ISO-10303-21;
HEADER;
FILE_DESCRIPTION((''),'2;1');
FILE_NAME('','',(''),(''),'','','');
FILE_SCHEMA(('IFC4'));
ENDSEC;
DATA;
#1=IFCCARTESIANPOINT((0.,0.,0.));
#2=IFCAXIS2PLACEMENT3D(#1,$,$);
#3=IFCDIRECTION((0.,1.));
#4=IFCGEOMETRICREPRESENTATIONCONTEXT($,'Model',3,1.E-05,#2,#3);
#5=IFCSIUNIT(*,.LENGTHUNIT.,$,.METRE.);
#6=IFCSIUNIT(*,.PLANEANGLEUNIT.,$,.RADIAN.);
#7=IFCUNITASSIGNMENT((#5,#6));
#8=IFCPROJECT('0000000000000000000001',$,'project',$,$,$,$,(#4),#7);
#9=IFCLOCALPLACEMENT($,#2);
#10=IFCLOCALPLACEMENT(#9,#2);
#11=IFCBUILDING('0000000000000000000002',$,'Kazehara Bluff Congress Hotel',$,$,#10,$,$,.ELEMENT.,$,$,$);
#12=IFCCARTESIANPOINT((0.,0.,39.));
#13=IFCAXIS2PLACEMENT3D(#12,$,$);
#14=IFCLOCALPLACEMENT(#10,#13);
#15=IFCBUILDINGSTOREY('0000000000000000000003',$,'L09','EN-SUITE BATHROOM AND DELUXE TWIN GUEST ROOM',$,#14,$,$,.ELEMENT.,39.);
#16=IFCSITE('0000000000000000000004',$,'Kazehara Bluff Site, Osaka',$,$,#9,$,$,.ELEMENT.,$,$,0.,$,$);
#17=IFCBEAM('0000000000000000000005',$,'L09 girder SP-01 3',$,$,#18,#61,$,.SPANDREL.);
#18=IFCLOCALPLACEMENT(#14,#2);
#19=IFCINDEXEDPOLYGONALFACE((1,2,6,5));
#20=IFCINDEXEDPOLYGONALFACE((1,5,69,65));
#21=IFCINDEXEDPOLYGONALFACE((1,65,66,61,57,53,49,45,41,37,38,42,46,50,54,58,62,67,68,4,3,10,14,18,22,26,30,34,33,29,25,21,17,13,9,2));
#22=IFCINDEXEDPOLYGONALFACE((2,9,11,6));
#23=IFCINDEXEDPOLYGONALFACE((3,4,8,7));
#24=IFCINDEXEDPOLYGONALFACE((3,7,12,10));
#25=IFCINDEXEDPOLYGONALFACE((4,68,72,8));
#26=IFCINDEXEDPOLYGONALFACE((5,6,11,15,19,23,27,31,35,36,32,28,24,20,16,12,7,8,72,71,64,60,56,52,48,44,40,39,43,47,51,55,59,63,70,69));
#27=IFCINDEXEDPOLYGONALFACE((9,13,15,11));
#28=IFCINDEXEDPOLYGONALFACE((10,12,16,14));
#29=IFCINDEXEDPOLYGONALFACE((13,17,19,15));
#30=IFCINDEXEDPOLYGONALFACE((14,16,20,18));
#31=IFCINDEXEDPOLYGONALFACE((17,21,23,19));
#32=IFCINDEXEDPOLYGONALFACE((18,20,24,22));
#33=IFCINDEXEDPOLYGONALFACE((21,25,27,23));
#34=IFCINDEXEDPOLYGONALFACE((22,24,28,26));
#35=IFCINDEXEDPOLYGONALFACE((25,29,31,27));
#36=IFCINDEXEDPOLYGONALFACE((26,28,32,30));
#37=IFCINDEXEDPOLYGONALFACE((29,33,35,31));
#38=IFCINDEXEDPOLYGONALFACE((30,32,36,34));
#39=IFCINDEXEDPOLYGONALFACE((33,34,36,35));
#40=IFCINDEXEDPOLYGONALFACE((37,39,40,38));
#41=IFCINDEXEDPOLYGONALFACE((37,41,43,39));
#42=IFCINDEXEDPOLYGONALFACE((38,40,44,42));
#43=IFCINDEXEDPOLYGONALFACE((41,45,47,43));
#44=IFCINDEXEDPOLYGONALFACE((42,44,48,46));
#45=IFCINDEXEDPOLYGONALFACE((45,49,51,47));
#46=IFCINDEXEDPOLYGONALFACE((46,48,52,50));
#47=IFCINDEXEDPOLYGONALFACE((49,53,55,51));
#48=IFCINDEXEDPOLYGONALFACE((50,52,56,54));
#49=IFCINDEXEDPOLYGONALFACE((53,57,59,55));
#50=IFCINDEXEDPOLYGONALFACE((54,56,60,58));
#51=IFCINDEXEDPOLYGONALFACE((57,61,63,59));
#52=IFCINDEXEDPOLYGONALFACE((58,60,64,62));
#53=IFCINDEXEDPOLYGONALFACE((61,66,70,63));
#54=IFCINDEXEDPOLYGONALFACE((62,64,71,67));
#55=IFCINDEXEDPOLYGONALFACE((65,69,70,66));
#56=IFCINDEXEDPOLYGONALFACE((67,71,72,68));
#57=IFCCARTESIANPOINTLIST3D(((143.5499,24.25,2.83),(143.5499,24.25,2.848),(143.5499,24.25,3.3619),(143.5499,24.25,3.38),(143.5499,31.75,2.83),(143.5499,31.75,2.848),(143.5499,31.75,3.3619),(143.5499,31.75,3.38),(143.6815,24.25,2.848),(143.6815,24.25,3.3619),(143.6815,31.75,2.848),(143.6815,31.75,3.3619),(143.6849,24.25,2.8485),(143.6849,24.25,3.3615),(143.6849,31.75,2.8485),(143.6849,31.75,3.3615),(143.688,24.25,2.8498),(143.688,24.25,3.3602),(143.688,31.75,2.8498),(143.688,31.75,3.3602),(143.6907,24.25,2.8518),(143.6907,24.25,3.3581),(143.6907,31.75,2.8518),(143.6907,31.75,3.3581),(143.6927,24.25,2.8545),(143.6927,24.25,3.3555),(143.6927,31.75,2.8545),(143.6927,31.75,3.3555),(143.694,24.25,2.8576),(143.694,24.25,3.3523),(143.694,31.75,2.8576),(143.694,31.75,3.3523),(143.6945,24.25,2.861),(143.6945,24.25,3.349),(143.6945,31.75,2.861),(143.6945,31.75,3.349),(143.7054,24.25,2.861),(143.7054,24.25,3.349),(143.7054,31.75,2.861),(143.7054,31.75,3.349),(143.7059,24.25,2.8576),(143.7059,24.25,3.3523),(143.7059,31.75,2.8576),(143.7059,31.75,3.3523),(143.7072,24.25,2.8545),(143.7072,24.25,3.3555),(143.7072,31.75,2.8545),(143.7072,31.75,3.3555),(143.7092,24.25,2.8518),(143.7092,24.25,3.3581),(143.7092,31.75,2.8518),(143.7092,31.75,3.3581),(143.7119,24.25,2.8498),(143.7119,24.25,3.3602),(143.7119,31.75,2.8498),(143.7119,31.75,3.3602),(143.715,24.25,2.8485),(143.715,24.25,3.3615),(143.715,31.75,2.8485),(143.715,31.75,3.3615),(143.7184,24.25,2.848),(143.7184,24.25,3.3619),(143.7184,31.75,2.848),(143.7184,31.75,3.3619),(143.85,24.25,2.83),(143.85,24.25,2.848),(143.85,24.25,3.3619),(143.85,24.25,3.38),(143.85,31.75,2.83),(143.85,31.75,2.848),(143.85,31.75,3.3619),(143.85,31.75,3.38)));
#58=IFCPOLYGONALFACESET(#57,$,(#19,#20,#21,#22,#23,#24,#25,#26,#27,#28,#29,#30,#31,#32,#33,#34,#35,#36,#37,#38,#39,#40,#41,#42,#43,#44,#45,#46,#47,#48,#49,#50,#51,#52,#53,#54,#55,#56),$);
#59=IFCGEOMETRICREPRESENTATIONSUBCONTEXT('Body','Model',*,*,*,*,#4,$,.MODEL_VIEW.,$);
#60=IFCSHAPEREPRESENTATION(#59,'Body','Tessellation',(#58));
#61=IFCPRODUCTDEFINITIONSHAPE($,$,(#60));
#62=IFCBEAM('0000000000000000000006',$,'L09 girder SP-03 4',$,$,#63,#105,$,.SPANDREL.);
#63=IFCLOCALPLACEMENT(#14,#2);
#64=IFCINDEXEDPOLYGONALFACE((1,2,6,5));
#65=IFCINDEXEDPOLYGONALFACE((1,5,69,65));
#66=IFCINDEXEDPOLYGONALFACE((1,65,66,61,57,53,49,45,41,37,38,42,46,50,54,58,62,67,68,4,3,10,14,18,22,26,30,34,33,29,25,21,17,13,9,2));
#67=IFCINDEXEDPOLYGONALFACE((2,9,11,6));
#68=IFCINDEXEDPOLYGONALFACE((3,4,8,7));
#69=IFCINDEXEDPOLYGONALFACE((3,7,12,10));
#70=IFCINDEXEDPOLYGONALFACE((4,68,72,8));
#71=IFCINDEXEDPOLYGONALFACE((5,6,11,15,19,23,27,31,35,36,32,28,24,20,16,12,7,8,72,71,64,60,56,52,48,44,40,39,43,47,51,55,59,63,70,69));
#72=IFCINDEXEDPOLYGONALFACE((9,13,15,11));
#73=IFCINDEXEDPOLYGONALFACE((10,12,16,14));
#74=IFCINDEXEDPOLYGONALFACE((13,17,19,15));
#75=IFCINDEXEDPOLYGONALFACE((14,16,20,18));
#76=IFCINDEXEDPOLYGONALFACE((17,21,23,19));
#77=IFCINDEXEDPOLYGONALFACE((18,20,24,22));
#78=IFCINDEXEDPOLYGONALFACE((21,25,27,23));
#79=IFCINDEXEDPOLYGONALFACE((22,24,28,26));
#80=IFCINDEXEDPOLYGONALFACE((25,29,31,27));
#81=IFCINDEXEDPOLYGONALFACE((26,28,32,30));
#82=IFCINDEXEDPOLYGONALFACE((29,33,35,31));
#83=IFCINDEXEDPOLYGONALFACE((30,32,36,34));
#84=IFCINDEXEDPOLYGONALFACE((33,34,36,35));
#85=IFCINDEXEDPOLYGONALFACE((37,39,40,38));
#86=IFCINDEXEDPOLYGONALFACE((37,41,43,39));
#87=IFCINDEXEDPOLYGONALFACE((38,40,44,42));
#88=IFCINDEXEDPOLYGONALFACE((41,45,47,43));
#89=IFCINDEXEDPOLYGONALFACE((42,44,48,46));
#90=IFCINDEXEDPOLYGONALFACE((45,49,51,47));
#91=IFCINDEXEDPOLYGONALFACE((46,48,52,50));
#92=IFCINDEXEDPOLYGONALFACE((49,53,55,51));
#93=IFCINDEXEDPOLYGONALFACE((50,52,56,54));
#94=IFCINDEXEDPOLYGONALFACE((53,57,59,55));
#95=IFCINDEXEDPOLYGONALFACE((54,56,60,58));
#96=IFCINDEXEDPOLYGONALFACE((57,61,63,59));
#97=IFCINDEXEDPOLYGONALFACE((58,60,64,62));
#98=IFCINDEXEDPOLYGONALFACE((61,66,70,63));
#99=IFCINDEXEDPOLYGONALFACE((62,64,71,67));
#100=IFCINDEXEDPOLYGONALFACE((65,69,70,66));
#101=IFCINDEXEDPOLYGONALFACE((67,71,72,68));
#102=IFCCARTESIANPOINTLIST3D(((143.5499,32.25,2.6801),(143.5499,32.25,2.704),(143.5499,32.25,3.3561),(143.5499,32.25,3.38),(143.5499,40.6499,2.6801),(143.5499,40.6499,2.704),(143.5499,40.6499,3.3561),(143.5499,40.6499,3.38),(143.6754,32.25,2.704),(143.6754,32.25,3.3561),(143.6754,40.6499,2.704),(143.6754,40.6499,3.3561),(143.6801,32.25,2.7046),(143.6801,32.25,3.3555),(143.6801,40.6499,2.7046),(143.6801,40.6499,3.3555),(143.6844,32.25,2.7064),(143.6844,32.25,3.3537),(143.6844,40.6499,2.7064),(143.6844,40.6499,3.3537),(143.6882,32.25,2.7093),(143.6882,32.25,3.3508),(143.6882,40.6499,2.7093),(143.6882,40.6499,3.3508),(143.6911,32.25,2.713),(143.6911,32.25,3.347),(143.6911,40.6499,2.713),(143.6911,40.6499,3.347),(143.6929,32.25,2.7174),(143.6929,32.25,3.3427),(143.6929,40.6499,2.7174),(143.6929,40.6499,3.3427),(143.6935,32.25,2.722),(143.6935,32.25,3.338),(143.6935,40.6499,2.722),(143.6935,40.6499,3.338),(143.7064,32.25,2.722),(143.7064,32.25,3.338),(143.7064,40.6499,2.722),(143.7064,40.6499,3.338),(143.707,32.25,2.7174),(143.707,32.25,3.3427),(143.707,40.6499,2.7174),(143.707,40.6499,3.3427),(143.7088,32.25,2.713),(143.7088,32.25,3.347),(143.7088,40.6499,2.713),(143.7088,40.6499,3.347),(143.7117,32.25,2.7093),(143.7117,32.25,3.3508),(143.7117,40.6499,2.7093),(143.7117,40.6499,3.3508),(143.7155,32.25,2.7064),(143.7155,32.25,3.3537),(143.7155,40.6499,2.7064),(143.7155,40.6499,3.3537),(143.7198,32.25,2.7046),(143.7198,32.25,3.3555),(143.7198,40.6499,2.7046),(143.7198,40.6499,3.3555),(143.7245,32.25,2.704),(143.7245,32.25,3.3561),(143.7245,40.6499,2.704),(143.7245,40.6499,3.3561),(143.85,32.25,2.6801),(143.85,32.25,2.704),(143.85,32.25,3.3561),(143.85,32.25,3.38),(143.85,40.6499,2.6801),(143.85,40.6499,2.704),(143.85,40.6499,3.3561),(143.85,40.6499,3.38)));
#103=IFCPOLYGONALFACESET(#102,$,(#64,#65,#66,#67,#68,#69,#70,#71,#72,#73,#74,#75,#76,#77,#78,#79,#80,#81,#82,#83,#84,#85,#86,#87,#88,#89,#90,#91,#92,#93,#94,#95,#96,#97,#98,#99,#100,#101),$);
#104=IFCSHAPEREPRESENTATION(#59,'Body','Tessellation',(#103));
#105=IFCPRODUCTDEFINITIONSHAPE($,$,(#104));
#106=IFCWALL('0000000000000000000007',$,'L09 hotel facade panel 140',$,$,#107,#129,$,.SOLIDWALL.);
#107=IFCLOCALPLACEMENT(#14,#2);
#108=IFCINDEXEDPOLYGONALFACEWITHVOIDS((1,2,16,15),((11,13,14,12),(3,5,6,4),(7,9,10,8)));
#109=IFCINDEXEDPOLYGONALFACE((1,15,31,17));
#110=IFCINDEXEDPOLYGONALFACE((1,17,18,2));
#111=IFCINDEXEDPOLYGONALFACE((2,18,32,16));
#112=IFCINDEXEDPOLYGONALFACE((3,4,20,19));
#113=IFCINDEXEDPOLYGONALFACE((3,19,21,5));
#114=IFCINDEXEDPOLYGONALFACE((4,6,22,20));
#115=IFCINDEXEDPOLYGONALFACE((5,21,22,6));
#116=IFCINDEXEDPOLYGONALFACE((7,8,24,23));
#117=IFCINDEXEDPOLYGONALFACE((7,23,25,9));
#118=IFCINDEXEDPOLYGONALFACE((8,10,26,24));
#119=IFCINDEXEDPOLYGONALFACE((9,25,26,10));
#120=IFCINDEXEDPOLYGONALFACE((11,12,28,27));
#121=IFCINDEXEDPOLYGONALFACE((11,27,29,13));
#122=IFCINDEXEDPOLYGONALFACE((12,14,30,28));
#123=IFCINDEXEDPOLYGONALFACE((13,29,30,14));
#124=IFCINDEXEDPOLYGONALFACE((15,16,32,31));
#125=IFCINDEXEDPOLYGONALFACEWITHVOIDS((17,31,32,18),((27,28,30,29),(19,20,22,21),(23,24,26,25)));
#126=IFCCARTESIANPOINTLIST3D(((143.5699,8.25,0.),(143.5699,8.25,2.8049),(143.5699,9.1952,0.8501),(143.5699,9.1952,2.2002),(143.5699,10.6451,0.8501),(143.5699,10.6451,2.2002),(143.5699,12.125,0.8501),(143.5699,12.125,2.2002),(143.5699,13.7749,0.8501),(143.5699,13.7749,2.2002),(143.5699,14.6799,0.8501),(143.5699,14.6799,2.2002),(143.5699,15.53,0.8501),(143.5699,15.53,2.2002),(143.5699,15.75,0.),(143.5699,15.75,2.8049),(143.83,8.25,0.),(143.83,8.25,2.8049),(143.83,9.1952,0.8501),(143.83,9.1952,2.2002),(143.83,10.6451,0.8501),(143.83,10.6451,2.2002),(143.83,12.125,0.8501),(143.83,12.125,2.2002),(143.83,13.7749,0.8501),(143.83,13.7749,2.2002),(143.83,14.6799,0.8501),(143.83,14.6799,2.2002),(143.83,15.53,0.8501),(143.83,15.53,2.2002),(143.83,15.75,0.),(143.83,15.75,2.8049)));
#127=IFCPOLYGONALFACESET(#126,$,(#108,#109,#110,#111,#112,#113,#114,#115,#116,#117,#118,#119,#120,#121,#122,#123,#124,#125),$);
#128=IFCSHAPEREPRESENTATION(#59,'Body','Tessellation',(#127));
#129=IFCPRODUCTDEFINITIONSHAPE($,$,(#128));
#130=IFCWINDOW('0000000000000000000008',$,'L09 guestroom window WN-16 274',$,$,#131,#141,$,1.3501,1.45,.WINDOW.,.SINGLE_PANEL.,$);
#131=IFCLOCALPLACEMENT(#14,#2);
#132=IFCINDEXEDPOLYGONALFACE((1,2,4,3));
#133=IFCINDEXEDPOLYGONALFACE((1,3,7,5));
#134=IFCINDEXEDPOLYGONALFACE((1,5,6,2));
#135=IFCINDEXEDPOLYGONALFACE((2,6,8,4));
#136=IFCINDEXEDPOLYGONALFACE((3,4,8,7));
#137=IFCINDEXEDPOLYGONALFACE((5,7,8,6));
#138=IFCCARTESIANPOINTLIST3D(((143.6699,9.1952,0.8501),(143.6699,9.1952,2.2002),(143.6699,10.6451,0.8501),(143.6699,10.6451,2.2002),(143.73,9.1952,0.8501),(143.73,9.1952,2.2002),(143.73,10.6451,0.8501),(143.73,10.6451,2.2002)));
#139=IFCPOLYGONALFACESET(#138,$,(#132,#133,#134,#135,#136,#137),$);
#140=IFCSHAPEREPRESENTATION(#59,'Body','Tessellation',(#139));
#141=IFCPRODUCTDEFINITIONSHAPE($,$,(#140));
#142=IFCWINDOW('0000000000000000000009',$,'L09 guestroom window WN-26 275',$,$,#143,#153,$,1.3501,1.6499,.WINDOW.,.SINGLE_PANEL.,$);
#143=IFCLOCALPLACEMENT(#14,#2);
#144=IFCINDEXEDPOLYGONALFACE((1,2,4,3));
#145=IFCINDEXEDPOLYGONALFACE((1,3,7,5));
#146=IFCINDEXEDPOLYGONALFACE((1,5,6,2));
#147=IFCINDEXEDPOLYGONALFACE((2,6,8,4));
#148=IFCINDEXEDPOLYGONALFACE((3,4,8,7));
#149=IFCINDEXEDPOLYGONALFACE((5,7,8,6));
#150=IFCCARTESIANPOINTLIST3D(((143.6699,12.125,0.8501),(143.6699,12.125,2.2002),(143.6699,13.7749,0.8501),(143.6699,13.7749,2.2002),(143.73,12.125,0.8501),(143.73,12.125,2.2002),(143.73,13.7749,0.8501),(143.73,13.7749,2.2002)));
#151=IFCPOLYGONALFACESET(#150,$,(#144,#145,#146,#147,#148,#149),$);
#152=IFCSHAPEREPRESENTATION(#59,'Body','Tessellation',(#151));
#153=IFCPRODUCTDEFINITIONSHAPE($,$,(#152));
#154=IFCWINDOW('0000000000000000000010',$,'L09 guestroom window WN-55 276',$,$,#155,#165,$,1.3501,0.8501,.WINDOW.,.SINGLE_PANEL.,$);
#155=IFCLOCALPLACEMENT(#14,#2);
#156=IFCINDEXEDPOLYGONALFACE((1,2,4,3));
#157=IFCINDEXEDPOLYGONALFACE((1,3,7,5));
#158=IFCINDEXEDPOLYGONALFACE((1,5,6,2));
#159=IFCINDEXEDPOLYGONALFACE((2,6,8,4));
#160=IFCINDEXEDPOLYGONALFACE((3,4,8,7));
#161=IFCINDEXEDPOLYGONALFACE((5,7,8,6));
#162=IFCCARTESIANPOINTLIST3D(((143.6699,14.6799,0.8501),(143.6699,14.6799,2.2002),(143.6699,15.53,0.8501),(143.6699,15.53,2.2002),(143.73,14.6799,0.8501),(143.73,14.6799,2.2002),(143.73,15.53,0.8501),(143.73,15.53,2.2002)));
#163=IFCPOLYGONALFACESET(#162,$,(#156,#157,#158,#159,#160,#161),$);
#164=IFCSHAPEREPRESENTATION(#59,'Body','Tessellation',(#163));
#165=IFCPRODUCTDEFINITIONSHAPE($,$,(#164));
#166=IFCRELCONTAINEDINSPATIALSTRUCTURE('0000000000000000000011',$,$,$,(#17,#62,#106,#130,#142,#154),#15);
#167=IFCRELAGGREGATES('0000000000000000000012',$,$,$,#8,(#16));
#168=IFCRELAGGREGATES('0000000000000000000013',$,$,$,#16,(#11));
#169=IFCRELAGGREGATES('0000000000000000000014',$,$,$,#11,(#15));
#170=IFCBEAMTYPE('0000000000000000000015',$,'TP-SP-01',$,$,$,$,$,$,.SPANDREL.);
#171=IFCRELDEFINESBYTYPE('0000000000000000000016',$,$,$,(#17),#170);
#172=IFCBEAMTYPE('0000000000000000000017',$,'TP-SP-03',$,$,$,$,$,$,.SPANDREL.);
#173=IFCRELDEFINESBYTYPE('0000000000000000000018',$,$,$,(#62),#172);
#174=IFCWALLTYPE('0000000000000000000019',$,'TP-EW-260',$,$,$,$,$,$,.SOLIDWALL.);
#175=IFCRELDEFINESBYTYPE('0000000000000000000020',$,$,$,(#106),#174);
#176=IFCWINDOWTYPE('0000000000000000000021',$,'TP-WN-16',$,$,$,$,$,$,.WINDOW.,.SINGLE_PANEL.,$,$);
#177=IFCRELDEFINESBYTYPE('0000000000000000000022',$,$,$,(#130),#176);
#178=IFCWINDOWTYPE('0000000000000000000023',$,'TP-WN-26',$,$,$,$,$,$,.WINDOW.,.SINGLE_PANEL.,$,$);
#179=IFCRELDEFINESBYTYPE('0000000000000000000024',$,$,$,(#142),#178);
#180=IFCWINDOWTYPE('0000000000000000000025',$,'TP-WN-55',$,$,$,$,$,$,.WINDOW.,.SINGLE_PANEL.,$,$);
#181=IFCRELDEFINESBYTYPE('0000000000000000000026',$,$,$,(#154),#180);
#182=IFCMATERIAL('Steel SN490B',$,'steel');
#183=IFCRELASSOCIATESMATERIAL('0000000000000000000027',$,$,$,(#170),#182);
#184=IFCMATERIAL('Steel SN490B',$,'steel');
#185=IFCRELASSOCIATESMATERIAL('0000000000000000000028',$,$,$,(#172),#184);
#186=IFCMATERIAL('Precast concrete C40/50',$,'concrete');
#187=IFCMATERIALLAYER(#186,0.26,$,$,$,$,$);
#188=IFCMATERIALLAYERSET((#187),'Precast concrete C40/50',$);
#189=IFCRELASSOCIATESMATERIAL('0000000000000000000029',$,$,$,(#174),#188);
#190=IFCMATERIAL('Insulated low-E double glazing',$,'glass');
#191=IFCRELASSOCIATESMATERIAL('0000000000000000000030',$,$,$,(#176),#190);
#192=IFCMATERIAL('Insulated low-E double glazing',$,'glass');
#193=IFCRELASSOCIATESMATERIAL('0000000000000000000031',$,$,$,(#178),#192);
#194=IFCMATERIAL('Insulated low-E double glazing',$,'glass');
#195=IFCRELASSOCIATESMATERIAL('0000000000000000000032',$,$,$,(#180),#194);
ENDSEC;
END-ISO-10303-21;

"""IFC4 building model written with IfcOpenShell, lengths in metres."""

from ifc_helpers import new_model, si_unit, direction, frame, frame_2d, origin, origin_2d, place, context, subcontext, project, spatial, rectangle, i_section, extrude, material, layer, layer_set, material_profile, profile_set, type_object, element, fill, save


model = new_model("IFC4")

# Units and contexts
model_context = context("Model", 3, precision=1e-05, world=origin(), true_north=direction((0.0, 1.0)))
body_context = subcontext(model_context, "Body", "Model", "MODEL_VIEW")
ifc_project = project(units=[si_unit("LENGTHUNIT", "METRE"), si_unit("PLANEANGLEUNIT", "RADIAN")], contexts=[model_context])

# Site, building, storey
site_placement = place(None, origin())
site = spatial("IfcSite", under=ifc_project, at=site_placement, Name="Kazehara Bluff Site, Osaka", CompositionType="ELEMENT", RefElevation=0.0)
building_placement = place(site_placement, origin())
building = spatial("IfcBuilding", under=site, at=building_placement, Name="Kazehara Bluff Congress Hotel", CompositionType="ELEMENT")
storey_placement = place(building_placement, frame((0.0, 0.0, 39.0)))
storey = spatial("IfcBuildingStorey", under=building, at=storey_placement, Name="L09", Description="EN-SUITE BATHROOM AND DELUXE TWIN GUEST ROOM", CompositionType="ELEMENT", Elevation=39.0)

# Beams
ifc_material_1 = material(Name="Steel SN490B", Category="steel")
ifc_material_profile_1 = material_profile(ifc_material_1, i_section(OverallWidth=0.3, OverallDepth=0.55, WebThickness=0.011, FlangeThickness=0.0181, FilletRadius=0.0129, at=origin_2d()))
ifc_profile_set_1 = profile_set([ifc_material_profile_1], Name="Steel SN490B")
beam_type_1 = type_object("IfcBeamType", Name="TP-SP-01", PredefinedType="SPANDREL", material=ifc_profile_set_1)
for number, where, z_axis, x_axis, name in (
    (1, (143.7, 24.25, 3.105), (0.0, 1.0, 0.0), (-1.0, 0.0, 0.0), "L09 girder SP-01 3"),
):
    element("IfcBeam", number, at=place(storey_placement, frame(where, z_axis=z_axis, x_axis=x_axis)), inside=storey, type_object=beam_type_1, Name=name, PredefinedType="SPANDREL", context=body_context, shape_type="SweptSolid", body=[
        extrude(i_section(OverallWidth=0.3, OverallDepth=0.55, WebThickness=0.011, FlangeThickness=0.0181, FilletRadius=0.0129, at=origin_2d()), origin(), (0.0, 0.0, 1.0), 7.5),
    ])
ifc_material_2 = material(Name="Steel SN490B", Category="steel")
ifc_material_profile_2 = material_profile(ifc_material_2, i_section(OverallWidth=0.3, OverallDepth=0.7, WebThickness=0.0129, FlangeThickness=0.0239, FilletRadius=0.0181, at=origin_2d()))
ifc_profile_set_2 = profile_set([ifc_material_profile_2], Name="Steel SN490B")
beam_type_2 = type_object("IfcBeamType", Name="TP-SP-03", PredefinedType="SPANDREL", material=ifc_profile_set_2)
beam_placement = place(storey_placement, frame((143.7, 32.25, 3.03), z_axis=(0.0, 1.0, 0.0), x_axis=(-1.0, 0.0, 0.0)))
element("IfcBeam", 2, at=beam_placement, inside=storey, type_object=beam_type_2, Name="L09 girder SP-03 4", PredefinedType="SPANDREL", context=body_context, shape_type="SweptSolid", body=[
    extrude(i_section(OverallWidth=0.3, OverallDepth=0.7, WebThickness=0.0129, FlangeThickness=0.0239, FilletRadius=0.0181, at=origin_2d()), origin(), (0.0, 0.0, 1.0), 8.3999),
])

# Wall, openings, windows
ifc_material_3 = material(Name="Precast concrete C40/50", Category="concrete")
ifc_layer_1 = layer(ifc_material_3, 0.26)
ifc_layer_set_1 = layer_set([ifc_layer_1], Name="Precast concrete C40/50")
wall_type = type_object("IfcWallType", Name="TP-EW-260", PredefinedType="SOLIDWALL", material=ifc_layer_set_1)
wall_1_placement = place(storey_placement, frame((143.7, 8.25, 0.0), z_axis=(0.0, 0.0, 1.0), x_axis=(0.0, 1.0, 0.0)))
wall_1 = element("IfcWall", 3, at=wall_1_placement, inside=storey, type_object=wall_type, Name="L09 hotel facade panel 140", PredefinedType="SOLIDWALL", context=body_context, shape_type="SweptSolid", body=[
    extrude(rectangle(XDim=7.5, YDim=0.26, at=frame_2d((3.75, 0.0))), origin(), (0.0, 0.0, 1.0), 2.8049),
])
opening_1_placement = place(wall_1_placement, frame((0.9451, 0.0, 0.8501)))
opening_1 = element("IfcOpeningElement", 4, at=opening_1_placement, cuts=wall_1, PredefinedType="OPENING", context=body_context, shape_type="SweptSolid", body=[
    extrude(rectangle(XDim=1.45, YDim=1.3501, at=frame_2d((0.7251, 0.675))), frame((0.0, 0.1399, 0.0), z_axis=(0.0, -1.0, 0.0), x_axis=(1.0, 0.0, 0.0)), (0.0, 0.0, 1.0), 0.28),
])
opening_2_placement = place(wall_1_placement, frame((3.875, 0.0, 0.8501)))
opening_2 = element("IfcOpeningElement", 5, at=opening_2_placement, cuts=wall_1, PredefinedType="OPENING", context=body_context, shape_type="SweptSolid", body=[
    extrude(rectangle(XDim=1.6499, YDim=1.3501, at=frame_2d((0.825, 0.675))), frame((0.0, 0.1399, 0.0), z_axis=(0.0, -1.0, 0.0), x_axis=(1.0, 0.0, 0.0)), (0.0, 0.0, 1.0), 0.28),
])
opening_3_placement = place(wall_1_placement, frame((6.4299, 0.0, 0.8501)))
opening_3 = element("IfcOpeningElement", 6, at=opening_3_placement, cuts=wall_1, PredefinedType="OPENING", context=body_context, shape_type="SweptSolid", body=[
    extrude(rectangle(XDim=0.8501, YDim=1.3501, at=frame_2d((0.425, 0.675))), frame((0.0, 0.1399, 0.0), z_axis=(0.0, -1.0, 0.0), x_axis=(1.0, 0.0, 0.0)), (0.0, 0.0, 1.0), 0.28),
])
ifc_material_4 = material(Name="Insulated low-E double glazing", Category="glass")
window_type_1 = type_object("IfcWindowType", Name="TP-WN-16", PartitioningType="SINGLE_PANEL", PredefinedType="WINDOW", material=ifc_material_4)
window_1_placement = place(opening_1_placement, origin())
window_1 = element("IfcWindow", 7, at=window_1_placement, inside=storey, type_object=window_type_1, Name="L09 guestroom window WN-16 274", OverallHeight=1.3501, OverallWidth=1.45, PartitioningType="SINGLE_PANEL", PredefinedType="WINDOW", context=body_context, shape_type="SweptSolid", body=[
    extrude(rectangle(XDim=1.45, YDim=1.3501, at=frame_2d((0.7251, 0.675))), frame((0.0, 0.03, 0.0), z_axis=(0.0, -1.0, 0.0), x_axis=(1.0, 0.0, 0.0)), (0.0, 0.0, 1.0), 0.0601),
])
fill(opening_1, window_1)
ifc_material_5 = material(Name="Insulated low-E double glazing", Category="glass")
window_type_2 = type_object("IfcWindowType", Name="TP-WN-26", PartitioningType="SINGLE_PANEL", PredefinedType="WINDOW", material=ifc_material_5)
window_2_placement = place(opening_2_placement, origin())
window_2 = element("IfcWindow", 8, at=window_2_placement, inside=storey, type_object=window_type_2, Name="L09 guestroom window WN-26 275", OverallHeight=1.3501, OverallWidth=1.6499, PartitioningType="SINGLE_PANEL", PredefinedType="WINDOW", context=body_context, shape_type="SweptSolid", body=[
    extrude(rectangle(XDim=1.6499, YDim=1.3501, at=frame_2d((0.825, 0.675))), frame((0.0, 0.03, 0.0), z_axis=(0.0, -1.0, 0.0), x_axis=(1.0, 0.0, 0.0)), (0.0, 0.0, 1.0), 0.0601),
])
fill(opening_2, window_2)
ifc_material_6 = material(Name="Insulated low-E double glazing", Category="glass")
window_type_3 = type_object("IfcWindowType", Name="TP-WN-55", PartitioningType="SINGLE_PANEL", PredefinedType="WINDOW", material=ifc_material_6)
window_3_placement = place(opening_3_placement, origin())
window_3 = element("IfcWindow", 9, at=window_3_placement, inside=storey, type_object=window_type_3, Name="L09 guestroom window WN-55 276", OverallHeight=1.3501, OverallWidth=0.8501, PartitioningType="SINGLE_PANEL", PredefinedType="WINDOW", context=body_context, shape_type="SweptSolid", body=[
    extrude(rectangle(XDim=0.8501, YDim=1.3501, at=frame_2d((0.425, 0.675))), frame((0.0, 0.03, 0.0), z_axis=(0.0, -1.0, 0.0), x_axis=(1.0, 0.0, 0.0)), (0.0, 0.0, 1.0), 0.0601),
])
fill(opening_3, window_3)

save(model, "model.ifc")
